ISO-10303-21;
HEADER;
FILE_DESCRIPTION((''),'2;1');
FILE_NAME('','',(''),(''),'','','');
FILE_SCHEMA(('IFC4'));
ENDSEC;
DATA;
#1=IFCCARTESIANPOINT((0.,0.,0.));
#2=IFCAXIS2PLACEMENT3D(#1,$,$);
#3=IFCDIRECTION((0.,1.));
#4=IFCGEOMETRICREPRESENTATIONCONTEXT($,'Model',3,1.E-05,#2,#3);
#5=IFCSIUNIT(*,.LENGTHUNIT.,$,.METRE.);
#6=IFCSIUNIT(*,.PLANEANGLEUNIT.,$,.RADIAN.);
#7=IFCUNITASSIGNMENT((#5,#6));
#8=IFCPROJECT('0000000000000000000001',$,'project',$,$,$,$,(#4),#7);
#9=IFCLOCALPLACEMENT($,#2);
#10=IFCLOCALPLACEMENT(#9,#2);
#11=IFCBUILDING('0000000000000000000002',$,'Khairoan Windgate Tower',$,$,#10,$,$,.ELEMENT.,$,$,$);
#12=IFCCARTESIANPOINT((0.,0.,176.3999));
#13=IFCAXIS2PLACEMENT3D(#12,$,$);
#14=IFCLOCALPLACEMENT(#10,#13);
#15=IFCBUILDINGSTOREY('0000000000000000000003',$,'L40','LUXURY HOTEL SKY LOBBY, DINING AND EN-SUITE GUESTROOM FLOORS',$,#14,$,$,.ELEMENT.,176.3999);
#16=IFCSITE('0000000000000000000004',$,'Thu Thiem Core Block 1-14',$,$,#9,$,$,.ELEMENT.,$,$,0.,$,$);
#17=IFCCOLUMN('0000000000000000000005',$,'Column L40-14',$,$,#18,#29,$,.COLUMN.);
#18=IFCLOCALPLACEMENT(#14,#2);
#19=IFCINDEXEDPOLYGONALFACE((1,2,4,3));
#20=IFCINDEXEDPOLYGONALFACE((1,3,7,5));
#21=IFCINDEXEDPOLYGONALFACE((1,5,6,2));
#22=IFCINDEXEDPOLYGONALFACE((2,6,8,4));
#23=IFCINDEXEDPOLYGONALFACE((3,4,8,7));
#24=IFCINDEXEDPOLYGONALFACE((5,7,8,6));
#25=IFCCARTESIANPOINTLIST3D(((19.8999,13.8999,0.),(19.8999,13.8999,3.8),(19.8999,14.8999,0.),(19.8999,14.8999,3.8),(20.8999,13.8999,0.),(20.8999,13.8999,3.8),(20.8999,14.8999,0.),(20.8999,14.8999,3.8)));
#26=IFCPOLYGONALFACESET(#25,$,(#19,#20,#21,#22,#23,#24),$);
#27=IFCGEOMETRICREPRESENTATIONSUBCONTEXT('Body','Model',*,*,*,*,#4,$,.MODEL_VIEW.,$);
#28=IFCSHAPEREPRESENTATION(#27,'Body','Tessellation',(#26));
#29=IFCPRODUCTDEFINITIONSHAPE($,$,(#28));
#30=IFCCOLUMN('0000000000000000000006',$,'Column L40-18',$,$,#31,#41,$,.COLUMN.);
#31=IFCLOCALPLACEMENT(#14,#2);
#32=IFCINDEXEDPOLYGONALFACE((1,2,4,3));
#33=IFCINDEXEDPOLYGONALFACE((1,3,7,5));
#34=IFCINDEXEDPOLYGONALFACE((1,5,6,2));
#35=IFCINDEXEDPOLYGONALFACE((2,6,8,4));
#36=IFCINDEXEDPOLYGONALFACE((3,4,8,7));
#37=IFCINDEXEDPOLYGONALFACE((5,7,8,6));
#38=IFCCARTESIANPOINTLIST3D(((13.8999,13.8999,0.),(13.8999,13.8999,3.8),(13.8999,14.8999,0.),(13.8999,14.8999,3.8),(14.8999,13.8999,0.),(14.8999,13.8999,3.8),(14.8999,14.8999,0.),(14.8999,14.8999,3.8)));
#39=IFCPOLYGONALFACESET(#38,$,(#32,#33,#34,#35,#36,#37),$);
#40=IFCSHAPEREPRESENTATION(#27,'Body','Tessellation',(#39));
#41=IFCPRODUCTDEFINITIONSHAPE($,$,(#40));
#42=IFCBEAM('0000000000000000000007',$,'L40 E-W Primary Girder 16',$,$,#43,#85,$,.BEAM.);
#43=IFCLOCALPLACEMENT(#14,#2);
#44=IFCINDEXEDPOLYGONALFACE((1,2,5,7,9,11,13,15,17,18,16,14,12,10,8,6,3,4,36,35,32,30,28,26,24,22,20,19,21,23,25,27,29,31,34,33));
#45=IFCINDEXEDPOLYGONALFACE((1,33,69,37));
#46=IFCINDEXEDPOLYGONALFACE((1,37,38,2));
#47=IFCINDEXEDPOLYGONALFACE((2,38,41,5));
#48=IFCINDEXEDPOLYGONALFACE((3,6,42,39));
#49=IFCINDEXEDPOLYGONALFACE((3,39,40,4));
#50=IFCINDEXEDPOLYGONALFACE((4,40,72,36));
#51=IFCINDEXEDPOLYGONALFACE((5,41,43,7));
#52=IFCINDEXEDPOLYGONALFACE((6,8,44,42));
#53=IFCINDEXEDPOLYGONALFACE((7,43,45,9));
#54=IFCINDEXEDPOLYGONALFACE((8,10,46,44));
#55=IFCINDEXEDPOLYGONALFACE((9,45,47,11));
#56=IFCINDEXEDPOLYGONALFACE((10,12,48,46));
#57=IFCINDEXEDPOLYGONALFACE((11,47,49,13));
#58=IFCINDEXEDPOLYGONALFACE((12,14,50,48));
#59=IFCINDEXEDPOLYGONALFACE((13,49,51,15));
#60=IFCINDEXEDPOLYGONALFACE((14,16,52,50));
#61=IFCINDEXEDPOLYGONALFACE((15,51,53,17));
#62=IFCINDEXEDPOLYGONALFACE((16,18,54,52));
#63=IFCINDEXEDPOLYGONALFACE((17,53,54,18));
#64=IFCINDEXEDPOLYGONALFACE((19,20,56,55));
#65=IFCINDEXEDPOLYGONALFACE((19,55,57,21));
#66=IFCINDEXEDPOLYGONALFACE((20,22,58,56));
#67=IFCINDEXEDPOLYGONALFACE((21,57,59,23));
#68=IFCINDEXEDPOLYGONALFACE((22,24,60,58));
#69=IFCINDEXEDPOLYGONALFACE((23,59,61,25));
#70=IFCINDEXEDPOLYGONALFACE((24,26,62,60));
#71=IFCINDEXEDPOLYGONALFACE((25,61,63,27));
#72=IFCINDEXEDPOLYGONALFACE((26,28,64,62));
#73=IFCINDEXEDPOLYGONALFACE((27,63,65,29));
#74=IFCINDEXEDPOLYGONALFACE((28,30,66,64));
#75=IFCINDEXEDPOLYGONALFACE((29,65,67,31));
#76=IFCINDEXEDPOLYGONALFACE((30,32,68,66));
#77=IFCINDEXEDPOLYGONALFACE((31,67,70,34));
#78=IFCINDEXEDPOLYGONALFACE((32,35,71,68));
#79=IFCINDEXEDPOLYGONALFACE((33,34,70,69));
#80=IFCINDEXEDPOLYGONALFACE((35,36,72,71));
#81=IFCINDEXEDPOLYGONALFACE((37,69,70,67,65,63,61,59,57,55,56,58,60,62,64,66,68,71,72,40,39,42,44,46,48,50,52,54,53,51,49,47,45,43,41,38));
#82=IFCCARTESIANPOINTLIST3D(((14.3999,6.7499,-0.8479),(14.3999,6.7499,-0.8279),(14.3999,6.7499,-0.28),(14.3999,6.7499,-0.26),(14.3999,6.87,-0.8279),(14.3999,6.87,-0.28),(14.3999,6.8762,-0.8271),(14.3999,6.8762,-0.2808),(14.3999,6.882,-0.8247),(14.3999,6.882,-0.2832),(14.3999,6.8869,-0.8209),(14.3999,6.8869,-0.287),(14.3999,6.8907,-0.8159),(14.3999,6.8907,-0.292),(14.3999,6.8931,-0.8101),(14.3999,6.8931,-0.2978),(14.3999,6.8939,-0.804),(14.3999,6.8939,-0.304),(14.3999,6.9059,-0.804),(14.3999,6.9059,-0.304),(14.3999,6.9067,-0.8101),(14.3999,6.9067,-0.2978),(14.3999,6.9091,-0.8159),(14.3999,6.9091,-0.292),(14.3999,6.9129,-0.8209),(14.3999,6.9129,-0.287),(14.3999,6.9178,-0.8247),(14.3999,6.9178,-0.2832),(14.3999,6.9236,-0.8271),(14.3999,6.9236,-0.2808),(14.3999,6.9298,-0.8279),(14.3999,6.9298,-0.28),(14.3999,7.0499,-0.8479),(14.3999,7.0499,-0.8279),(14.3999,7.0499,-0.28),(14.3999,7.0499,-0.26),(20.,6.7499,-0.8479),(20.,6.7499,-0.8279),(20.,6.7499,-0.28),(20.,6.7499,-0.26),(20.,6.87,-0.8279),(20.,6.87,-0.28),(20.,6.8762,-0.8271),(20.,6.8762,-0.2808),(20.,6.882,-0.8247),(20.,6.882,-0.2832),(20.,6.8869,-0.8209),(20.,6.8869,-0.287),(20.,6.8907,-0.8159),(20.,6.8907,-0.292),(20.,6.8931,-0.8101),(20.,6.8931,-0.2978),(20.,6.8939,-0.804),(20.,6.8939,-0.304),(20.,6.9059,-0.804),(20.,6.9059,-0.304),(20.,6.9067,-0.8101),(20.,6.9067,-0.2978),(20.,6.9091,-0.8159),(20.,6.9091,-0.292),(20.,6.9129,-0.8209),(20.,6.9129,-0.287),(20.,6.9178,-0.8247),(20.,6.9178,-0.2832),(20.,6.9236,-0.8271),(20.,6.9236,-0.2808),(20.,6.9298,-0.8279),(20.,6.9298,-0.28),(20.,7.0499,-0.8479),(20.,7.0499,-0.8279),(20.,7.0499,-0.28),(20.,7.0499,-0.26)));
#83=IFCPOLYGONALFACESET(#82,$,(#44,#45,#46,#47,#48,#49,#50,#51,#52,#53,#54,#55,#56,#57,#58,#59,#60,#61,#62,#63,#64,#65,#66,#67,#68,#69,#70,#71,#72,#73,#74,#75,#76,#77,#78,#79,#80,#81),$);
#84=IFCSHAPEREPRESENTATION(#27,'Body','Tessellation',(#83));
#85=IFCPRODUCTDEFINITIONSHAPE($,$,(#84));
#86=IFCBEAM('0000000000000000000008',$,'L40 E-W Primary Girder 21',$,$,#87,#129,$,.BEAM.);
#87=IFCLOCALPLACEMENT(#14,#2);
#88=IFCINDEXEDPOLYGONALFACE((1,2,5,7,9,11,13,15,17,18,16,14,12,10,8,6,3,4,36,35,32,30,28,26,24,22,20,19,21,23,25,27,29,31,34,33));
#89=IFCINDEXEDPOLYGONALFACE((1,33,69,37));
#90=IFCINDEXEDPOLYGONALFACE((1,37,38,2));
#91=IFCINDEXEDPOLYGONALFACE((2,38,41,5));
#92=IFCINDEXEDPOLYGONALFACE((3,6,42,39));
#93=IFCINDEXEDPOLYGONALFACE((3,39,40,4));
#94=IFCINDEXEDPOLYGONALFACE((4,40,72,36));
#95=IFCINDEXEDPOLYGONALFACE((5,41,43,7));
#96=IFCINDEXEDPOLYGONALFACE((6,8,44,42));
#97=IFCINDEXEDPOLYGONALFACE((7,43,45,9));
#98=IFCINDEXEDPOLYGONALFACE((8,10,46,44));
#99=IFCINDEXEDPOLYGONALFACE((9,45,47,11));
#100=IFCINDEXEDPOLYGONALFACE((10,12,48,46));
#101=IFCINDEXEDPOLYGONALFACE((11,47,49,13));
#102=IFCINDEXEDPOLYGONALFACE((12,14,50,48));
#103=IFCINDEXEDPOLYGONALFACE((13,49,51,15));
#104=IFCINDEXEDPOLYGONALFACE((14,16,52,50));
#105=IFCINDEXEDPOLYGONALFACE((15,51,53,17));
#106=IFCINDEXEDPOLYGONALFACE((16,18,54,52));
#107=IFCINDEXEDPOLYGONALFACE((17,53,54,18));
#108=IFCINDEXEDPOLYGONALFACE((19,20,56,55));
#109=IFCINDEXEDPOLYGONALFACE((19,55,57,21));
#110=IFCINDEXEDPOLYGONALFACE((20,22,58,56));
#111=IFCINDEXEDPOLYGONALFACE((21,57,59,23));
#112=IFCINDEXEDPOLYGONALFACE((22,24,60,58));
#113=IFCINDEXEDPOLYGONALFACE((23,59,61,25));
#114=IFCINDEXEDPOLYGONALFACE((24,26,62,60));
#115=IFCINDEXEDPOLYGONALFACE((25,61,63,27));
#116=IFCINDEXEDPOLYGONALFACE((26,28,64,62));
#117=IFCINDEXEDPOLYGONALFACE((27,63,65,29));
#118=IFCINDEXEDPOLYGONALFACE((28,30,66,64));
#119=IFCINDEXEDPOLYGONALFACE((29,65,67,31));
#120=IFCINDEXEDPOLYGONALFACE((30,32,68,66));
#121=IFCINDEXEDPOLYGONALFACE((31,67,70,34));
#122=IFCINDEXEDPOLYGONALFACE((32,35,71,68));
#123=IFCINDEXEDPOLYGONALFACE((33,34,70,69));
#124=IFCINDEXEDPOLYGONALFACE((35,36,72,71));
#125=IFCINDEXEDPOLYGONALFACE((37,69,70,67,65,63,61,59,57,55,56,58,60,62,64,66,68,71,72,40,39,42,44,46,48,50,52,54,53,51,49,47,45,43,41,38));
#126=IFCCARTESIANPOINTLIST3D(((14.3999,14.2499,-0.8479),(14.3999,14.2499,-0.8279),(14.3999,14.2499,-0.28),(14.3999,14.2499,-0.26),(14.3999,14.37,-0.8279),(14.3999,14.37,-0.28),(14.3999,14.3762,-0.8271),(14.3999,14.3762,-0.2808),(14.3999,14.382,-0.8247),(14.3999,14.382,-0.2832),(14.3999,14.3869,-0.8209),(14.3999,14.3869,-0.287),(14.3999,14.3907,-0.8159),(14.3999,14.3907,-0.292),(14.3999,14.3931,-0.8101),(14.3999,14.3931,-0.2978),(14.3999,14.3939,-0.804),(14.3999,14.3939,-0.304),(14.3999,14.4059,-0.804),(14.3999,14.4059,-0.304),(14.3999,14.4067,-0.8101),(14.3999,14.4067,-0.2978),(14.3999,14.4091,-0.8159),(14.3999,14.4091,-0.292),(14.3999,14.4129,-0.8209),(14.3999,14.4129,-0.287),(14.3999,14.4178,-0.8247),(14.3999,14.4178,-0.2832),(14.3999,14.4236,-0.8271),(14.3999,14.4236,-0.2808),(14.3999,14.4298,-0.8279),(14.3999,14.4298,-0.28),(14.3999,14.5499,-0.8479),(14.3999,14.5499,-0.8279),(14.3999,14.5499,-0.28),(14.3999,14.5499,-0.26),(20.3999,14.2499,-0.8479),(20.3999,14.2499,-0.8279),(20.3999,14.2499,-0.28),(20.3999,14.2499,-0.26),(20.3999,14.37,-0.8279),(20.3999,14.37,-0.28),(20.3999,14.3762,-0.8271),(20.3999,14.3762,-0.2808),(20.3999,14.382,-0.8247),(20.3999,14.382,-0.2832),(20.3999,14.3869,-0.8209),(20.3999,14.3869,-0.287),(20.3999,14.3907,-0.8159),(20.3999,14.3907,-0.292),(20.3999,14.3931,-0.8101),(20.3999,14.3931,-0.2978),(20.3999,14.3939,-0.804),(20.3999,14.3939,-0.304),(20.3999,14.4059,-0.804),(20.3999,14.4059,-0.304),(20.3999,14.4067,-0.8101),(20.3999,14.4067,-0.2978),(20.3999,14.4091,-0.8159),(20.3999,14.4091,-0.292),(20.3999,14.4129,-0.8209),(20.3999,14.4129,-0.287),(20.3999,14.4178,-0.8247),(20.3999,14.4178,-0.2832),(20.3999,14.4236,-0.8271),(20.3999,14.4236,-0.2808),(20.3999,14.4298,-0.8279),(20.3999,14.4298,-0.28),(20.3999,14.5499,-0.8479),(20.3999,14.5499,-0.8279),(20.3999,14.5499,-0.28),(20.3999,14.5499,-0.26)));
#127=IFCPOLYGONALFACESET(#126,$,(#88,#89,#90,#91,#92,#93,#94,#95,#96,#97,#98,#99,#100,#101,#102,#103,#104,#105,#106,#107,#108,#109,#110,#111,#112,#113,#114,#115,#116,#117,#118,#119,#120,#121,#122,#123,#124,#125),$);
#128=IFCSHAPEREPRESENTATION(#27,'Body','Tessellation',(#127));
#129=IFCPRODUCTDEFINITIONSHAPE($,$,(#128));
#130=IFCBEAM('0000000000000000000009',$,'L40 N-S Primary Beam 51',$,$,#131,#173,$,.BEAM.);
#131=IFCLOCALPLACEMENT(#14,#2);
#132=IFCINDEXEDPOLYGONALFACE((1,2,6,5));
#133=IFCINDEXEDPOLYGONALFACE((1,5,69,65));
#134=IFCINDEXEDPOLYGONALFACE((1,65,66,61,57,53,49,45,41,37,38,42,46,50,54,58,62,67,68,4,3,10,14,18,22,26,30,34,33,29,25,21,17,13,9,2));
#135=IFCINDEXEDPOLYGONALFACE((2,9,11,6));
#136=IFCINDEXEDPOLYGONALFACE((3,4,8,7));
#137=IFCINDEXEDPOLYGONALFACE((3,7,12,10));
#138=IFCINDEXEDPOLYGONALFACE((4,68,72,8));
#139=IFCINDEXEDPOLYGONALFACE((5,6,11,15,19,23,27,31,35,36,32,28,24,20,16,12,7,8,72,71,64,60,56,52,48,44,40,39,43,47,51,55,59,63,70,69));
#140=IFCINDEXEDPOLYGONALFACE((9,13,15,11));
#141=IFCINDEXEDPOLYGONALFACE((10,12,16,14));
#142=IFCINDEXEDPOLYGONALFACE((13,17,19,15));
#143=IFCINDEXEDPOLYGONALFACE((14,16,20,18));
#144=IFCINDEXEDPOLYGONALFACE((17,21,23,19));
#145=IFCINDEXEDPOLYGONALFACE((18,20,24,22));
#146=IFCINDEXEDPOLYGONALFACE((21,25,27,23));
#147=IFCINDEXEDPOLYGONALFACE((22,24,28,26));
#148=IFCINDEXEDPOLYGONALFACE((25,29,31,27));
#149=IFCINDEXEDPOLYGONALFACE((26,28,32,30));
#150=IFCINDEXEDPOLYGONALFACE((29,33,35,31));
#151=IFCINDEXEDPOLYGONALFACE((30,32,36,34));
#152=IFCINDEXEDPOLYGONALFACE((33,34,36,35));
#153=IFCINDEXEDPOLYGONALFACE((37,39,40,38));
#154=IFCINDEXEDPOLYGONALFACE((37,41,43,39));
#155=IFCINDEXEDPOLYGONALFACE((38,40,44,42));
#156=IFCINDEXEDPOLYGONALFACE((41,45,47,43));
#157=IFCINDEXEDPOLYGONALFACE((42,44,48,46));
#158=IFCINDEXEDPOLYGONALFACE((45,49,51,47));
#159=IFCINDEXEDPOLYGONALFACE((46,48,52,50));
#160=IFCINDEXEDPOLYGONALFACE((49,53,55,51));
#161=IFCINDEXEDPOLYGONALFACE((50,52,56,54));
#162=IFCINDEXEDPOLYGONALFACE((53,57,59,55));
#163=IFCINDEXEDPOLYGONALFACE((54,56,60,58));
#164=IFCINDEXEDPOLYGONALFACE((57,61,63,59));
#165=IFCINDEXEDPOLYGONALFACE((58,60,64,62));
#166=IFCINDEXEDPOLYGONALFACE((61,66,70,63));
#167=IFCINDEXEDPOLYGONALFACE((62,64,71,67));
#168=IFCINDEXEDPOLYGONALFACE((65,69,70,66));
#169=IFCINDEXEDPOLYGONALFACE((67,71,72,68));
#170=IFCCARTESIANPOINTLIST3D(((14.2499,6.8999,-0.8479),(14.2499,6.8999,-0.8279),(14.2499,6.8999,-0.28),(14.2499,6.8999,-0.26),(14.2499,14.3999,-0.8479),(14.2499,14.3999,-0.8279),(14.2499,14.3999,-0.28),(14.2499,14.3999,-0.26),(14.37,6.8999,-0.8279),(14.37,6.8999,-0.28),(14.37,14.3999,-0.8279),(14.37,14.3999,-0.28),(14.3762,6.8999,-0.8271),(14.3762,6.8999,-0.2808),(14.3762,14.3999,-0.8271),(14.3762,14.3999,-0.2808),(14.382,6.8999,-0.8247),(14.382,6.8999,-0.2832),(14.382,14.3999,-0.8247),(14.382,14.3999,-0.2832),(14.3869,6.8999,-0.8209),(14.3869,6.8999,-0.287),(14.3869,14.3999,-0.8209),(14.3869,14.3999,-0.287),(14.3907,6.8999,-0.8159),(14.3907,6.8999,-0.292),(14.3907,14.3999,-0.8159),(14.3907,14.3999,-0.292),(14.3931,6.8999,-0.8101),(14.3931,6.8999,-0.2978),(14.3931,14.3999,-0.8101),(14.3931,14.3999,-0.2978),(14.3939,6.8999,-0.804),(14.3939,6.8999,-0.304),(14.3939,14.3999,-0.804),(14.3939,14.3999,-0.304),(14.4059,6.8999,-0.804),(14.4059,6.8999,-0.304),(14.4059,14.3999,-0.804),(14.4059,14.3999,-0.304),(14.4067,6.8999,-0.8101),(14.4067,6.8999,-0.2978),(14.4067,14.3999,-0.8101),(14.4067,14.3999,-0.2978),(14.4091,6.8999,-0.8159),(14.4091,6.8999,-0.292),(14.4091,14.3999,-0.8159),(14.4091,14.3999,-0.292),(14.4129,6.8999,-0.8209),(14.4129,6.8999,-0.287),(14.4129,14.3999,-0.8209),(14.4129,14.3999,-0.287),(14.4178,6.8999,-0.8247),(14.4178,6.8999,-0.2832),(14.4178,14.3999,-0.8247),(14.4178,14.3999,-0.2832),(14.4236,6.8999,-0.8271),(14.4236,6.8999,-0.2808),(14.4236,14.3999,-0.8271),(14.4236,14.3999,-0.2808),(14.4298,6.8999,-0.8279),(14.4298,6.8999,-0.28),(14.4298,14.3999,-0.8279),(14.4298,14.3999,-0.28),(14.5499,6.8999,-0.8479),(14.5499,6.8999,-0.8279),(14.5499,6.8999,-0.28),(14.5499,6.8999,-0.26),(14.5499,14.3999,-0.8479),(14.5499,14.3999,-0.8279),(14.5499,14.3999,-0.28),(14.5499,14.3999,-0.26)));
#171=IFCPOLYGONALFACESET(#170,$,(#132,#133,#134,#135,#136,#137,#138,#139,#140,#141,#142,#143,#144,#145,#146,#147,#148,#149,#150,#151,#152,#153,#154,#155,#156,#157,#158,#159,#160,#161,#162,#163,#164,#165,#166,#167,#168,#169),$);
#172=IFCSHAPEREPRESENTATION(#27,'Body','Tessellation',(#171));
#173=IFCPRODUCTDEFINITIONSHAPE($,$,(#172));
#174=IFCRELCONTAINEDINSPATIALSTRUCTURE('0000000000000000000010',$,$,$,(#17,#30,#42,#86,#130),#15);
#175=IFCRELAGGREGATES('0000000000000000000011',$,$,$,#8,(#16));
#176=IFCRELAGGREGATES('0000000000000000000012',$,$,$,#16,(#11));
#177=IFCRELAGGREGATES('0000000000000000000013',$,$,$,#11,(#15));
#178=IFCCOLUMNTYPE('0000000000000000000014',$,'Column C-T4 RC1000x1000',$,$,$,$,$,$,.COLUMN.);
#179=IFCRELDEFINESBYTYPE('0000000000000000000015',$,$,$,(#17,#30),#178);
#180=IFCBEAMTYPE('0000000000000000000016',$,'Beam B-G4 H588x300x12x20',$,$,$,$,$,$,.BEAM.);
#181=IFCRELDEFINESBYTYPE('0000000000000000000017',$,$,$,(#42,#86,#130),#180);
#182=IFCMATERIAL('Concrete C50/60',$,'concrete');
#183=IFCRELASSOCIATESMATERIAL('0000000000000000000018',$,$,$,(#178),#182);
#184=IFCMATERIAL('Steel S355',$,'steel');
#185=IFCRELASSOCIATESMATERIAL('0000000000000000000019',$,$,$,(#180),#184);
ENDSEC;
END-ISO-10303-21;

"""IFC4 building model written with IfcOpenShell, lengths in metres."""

from ifc_helpers import new_model, si_unit, direction, frame, origin, origin_2d, place, context, subcontext, project, spatial, rectangle, i_section, extrude, material, material_profile, profile_set, type_object, element, save


model = new_model("IFC4")

# Units and contexts
model_context = context("Model", 3, precision=1e-05, world=origin(), true_north=direction((0.0, 1.0)))
body_context = subcontext(model_context, "Body", "Model", "MODEL_VIEW")
ifc_project = project(units=[si_unit("LENGTHUNIT", "METRE"), si_unit("PLANEANGLEUNIT", "RADIAN")], contexts=[model_context])

# Site, building, storey
site_placement = place(None, origin())
site = spatial("IfcSite", under=ifc_project, at=site_placement, Name="Thu Thiem Core Block 1-14", CompositionType="ELEMENT", RefElevation=0.0)
building_placement = place(site_placement, origin())
building = spatial("IfcBuilding", under=site, at=building_placement, Name="Khairoan Windgate Tower", CompositionType="ELEMENT")
storey_placement = place(building_placement, frame((0.0, 0.0, 176.3999)))
storey = spatial("IfcBuildingStorey", under=building, at=storey_placement, Name="L40", Description="LUXURY HOTEL SKY LOBBY, DINING AND EN-SUITE GUESTROOM FLOORS", CompositionType="ELEMENT", Elevation=176.3999)

# Columns
ifc_material_1 = material(Name="Concrete C50/60", Category="concrete")
ifc_material_profile_1 = material_profile(ifc_material_1, rectangle(XDim=1.0, YDim=1.0, at=origin_2d()))
ifc_profile_set_1 = profile_set([ifc_material_profile_1], Name="Concrete C50/60")
column_type = type_object("IfcColumnType", Name="Column C-T4 RC1000x1000", PredefinedType="COLUMN", material=ifc_profile_set_1)
for number, where, z_axis, x_axis, name in (
    (1, (20.3999, 14.3999, 0.0), (0.0, 0.0, 1.0), (1.0, 0.0, 0.0), "Column L40-14"),
    (2, (14.3999, 14.3999, 0.0), (0.0, 0.0, 1.0), (1.0, 0.0, 0.0), "Column L40-18"),
):
    element("IfcColumn", number, at=place(storey_placement, frame(where, z_axis=z_axis, x_axis=x_axis)), inside=storey, type_object=column_type, Name=name, PredefinedType="COLUMN", context=body_context, shape_type="SweptSolid", body=[
        extrude(rectangle(XDim=1.0, YDim=1.0, at=origin_2d()), origin(), (0.0, 0.0, 1.0), 3.8),
    ])

# Beams
ifc_material_2 = material(Name="Steel S355", Category="steel")
ifc_material_profile_2 = material_profile(ifc_material_2, i_section(OverallWidth=0.3, OverallDepth=0.5879, WebThickness=0.012, FlangeThickness=0.02, FilletRadius=0.0239, at=origin_2d()))
ifc_profile_set_2 = profile_set([ifc_material_profile_2], Name="Steel S355")
beam_type_1 = type_object("IfcBeamType", Name="Beam B-G4 H588x300x12x20", PredefinedType="BEAM", material=ifc_profile_set_2)
beam_1_placement = place(storey_placement, frame((14.3999, 6.8999, -0.554), z_axis=(1.0, 0.0, 0.0), x_axis=(0.0, 1.0, 0.0)))
element("IfcBeam", 3, at=beam_1_placement, inside=storey, type_object=beam_type_1, Name="L40 E-W Primary Girder 16", PredefinedType="BEAM", context=body_context, shape_type="SweptSolid", body=[
    extrude(i_section(OverallWidth=0.3, OverallDepth=0.5879, WebThickness=0.012, FlangeThickness=0.02, FilletRadius=0.0239, at=origin_2d()), origin(), (0.0, 0.0, 1.0), 5.6001),
])
beam_2_placement = place(storey_placement, frame((14.3999, 14.3999, -0.554), z_axis=(1.0, 0.0, 0.0), x_axis=(0.0, 1.0, 0.0)))
element("IfcBeam", 4, at=beam_2_placement, inside=storey, type_object=beam_type_1, Name="L40 E-W Primary Girder 21", PredefinedType="BEAM", context=body_context, shape_type="SweptSolid", body=[
    extrude(i_section(OverallWidth=0.3, OverallDepth=0.5879, WebThickness=0.012, FlangeThickness=0.02, FilletRadius=0.0239, at=origin_2d()), origin(), (0.0, 0.0, 1.0), 6.0),
])
beam_3_placement = place(storey_placement, frame((14.3999, 6.8999, -0.554), z_axis=(0.0, 1.0, 0.0), x_axis=(-1.0, 0.0, 0.0)))
element("IfcBeam", 5, at=beam_3_placement, inside=storey, type_object=beam_type_1, Name="L40 N-S Primary Beam 51", PredefinedType="BEAM", context=body_context, shape_type="SweptSolid", body=[
    extrude(i_section(OverallWidth=0.3, OverallDepth=0.5879, WebThickness=0.012, FlangeThickness=0.02, FilletRadius=0.0239, at=origin_2d()), origin(), (0.0, 0.0, 1.0), 7.5),
])

save(model, "model.ifc")
